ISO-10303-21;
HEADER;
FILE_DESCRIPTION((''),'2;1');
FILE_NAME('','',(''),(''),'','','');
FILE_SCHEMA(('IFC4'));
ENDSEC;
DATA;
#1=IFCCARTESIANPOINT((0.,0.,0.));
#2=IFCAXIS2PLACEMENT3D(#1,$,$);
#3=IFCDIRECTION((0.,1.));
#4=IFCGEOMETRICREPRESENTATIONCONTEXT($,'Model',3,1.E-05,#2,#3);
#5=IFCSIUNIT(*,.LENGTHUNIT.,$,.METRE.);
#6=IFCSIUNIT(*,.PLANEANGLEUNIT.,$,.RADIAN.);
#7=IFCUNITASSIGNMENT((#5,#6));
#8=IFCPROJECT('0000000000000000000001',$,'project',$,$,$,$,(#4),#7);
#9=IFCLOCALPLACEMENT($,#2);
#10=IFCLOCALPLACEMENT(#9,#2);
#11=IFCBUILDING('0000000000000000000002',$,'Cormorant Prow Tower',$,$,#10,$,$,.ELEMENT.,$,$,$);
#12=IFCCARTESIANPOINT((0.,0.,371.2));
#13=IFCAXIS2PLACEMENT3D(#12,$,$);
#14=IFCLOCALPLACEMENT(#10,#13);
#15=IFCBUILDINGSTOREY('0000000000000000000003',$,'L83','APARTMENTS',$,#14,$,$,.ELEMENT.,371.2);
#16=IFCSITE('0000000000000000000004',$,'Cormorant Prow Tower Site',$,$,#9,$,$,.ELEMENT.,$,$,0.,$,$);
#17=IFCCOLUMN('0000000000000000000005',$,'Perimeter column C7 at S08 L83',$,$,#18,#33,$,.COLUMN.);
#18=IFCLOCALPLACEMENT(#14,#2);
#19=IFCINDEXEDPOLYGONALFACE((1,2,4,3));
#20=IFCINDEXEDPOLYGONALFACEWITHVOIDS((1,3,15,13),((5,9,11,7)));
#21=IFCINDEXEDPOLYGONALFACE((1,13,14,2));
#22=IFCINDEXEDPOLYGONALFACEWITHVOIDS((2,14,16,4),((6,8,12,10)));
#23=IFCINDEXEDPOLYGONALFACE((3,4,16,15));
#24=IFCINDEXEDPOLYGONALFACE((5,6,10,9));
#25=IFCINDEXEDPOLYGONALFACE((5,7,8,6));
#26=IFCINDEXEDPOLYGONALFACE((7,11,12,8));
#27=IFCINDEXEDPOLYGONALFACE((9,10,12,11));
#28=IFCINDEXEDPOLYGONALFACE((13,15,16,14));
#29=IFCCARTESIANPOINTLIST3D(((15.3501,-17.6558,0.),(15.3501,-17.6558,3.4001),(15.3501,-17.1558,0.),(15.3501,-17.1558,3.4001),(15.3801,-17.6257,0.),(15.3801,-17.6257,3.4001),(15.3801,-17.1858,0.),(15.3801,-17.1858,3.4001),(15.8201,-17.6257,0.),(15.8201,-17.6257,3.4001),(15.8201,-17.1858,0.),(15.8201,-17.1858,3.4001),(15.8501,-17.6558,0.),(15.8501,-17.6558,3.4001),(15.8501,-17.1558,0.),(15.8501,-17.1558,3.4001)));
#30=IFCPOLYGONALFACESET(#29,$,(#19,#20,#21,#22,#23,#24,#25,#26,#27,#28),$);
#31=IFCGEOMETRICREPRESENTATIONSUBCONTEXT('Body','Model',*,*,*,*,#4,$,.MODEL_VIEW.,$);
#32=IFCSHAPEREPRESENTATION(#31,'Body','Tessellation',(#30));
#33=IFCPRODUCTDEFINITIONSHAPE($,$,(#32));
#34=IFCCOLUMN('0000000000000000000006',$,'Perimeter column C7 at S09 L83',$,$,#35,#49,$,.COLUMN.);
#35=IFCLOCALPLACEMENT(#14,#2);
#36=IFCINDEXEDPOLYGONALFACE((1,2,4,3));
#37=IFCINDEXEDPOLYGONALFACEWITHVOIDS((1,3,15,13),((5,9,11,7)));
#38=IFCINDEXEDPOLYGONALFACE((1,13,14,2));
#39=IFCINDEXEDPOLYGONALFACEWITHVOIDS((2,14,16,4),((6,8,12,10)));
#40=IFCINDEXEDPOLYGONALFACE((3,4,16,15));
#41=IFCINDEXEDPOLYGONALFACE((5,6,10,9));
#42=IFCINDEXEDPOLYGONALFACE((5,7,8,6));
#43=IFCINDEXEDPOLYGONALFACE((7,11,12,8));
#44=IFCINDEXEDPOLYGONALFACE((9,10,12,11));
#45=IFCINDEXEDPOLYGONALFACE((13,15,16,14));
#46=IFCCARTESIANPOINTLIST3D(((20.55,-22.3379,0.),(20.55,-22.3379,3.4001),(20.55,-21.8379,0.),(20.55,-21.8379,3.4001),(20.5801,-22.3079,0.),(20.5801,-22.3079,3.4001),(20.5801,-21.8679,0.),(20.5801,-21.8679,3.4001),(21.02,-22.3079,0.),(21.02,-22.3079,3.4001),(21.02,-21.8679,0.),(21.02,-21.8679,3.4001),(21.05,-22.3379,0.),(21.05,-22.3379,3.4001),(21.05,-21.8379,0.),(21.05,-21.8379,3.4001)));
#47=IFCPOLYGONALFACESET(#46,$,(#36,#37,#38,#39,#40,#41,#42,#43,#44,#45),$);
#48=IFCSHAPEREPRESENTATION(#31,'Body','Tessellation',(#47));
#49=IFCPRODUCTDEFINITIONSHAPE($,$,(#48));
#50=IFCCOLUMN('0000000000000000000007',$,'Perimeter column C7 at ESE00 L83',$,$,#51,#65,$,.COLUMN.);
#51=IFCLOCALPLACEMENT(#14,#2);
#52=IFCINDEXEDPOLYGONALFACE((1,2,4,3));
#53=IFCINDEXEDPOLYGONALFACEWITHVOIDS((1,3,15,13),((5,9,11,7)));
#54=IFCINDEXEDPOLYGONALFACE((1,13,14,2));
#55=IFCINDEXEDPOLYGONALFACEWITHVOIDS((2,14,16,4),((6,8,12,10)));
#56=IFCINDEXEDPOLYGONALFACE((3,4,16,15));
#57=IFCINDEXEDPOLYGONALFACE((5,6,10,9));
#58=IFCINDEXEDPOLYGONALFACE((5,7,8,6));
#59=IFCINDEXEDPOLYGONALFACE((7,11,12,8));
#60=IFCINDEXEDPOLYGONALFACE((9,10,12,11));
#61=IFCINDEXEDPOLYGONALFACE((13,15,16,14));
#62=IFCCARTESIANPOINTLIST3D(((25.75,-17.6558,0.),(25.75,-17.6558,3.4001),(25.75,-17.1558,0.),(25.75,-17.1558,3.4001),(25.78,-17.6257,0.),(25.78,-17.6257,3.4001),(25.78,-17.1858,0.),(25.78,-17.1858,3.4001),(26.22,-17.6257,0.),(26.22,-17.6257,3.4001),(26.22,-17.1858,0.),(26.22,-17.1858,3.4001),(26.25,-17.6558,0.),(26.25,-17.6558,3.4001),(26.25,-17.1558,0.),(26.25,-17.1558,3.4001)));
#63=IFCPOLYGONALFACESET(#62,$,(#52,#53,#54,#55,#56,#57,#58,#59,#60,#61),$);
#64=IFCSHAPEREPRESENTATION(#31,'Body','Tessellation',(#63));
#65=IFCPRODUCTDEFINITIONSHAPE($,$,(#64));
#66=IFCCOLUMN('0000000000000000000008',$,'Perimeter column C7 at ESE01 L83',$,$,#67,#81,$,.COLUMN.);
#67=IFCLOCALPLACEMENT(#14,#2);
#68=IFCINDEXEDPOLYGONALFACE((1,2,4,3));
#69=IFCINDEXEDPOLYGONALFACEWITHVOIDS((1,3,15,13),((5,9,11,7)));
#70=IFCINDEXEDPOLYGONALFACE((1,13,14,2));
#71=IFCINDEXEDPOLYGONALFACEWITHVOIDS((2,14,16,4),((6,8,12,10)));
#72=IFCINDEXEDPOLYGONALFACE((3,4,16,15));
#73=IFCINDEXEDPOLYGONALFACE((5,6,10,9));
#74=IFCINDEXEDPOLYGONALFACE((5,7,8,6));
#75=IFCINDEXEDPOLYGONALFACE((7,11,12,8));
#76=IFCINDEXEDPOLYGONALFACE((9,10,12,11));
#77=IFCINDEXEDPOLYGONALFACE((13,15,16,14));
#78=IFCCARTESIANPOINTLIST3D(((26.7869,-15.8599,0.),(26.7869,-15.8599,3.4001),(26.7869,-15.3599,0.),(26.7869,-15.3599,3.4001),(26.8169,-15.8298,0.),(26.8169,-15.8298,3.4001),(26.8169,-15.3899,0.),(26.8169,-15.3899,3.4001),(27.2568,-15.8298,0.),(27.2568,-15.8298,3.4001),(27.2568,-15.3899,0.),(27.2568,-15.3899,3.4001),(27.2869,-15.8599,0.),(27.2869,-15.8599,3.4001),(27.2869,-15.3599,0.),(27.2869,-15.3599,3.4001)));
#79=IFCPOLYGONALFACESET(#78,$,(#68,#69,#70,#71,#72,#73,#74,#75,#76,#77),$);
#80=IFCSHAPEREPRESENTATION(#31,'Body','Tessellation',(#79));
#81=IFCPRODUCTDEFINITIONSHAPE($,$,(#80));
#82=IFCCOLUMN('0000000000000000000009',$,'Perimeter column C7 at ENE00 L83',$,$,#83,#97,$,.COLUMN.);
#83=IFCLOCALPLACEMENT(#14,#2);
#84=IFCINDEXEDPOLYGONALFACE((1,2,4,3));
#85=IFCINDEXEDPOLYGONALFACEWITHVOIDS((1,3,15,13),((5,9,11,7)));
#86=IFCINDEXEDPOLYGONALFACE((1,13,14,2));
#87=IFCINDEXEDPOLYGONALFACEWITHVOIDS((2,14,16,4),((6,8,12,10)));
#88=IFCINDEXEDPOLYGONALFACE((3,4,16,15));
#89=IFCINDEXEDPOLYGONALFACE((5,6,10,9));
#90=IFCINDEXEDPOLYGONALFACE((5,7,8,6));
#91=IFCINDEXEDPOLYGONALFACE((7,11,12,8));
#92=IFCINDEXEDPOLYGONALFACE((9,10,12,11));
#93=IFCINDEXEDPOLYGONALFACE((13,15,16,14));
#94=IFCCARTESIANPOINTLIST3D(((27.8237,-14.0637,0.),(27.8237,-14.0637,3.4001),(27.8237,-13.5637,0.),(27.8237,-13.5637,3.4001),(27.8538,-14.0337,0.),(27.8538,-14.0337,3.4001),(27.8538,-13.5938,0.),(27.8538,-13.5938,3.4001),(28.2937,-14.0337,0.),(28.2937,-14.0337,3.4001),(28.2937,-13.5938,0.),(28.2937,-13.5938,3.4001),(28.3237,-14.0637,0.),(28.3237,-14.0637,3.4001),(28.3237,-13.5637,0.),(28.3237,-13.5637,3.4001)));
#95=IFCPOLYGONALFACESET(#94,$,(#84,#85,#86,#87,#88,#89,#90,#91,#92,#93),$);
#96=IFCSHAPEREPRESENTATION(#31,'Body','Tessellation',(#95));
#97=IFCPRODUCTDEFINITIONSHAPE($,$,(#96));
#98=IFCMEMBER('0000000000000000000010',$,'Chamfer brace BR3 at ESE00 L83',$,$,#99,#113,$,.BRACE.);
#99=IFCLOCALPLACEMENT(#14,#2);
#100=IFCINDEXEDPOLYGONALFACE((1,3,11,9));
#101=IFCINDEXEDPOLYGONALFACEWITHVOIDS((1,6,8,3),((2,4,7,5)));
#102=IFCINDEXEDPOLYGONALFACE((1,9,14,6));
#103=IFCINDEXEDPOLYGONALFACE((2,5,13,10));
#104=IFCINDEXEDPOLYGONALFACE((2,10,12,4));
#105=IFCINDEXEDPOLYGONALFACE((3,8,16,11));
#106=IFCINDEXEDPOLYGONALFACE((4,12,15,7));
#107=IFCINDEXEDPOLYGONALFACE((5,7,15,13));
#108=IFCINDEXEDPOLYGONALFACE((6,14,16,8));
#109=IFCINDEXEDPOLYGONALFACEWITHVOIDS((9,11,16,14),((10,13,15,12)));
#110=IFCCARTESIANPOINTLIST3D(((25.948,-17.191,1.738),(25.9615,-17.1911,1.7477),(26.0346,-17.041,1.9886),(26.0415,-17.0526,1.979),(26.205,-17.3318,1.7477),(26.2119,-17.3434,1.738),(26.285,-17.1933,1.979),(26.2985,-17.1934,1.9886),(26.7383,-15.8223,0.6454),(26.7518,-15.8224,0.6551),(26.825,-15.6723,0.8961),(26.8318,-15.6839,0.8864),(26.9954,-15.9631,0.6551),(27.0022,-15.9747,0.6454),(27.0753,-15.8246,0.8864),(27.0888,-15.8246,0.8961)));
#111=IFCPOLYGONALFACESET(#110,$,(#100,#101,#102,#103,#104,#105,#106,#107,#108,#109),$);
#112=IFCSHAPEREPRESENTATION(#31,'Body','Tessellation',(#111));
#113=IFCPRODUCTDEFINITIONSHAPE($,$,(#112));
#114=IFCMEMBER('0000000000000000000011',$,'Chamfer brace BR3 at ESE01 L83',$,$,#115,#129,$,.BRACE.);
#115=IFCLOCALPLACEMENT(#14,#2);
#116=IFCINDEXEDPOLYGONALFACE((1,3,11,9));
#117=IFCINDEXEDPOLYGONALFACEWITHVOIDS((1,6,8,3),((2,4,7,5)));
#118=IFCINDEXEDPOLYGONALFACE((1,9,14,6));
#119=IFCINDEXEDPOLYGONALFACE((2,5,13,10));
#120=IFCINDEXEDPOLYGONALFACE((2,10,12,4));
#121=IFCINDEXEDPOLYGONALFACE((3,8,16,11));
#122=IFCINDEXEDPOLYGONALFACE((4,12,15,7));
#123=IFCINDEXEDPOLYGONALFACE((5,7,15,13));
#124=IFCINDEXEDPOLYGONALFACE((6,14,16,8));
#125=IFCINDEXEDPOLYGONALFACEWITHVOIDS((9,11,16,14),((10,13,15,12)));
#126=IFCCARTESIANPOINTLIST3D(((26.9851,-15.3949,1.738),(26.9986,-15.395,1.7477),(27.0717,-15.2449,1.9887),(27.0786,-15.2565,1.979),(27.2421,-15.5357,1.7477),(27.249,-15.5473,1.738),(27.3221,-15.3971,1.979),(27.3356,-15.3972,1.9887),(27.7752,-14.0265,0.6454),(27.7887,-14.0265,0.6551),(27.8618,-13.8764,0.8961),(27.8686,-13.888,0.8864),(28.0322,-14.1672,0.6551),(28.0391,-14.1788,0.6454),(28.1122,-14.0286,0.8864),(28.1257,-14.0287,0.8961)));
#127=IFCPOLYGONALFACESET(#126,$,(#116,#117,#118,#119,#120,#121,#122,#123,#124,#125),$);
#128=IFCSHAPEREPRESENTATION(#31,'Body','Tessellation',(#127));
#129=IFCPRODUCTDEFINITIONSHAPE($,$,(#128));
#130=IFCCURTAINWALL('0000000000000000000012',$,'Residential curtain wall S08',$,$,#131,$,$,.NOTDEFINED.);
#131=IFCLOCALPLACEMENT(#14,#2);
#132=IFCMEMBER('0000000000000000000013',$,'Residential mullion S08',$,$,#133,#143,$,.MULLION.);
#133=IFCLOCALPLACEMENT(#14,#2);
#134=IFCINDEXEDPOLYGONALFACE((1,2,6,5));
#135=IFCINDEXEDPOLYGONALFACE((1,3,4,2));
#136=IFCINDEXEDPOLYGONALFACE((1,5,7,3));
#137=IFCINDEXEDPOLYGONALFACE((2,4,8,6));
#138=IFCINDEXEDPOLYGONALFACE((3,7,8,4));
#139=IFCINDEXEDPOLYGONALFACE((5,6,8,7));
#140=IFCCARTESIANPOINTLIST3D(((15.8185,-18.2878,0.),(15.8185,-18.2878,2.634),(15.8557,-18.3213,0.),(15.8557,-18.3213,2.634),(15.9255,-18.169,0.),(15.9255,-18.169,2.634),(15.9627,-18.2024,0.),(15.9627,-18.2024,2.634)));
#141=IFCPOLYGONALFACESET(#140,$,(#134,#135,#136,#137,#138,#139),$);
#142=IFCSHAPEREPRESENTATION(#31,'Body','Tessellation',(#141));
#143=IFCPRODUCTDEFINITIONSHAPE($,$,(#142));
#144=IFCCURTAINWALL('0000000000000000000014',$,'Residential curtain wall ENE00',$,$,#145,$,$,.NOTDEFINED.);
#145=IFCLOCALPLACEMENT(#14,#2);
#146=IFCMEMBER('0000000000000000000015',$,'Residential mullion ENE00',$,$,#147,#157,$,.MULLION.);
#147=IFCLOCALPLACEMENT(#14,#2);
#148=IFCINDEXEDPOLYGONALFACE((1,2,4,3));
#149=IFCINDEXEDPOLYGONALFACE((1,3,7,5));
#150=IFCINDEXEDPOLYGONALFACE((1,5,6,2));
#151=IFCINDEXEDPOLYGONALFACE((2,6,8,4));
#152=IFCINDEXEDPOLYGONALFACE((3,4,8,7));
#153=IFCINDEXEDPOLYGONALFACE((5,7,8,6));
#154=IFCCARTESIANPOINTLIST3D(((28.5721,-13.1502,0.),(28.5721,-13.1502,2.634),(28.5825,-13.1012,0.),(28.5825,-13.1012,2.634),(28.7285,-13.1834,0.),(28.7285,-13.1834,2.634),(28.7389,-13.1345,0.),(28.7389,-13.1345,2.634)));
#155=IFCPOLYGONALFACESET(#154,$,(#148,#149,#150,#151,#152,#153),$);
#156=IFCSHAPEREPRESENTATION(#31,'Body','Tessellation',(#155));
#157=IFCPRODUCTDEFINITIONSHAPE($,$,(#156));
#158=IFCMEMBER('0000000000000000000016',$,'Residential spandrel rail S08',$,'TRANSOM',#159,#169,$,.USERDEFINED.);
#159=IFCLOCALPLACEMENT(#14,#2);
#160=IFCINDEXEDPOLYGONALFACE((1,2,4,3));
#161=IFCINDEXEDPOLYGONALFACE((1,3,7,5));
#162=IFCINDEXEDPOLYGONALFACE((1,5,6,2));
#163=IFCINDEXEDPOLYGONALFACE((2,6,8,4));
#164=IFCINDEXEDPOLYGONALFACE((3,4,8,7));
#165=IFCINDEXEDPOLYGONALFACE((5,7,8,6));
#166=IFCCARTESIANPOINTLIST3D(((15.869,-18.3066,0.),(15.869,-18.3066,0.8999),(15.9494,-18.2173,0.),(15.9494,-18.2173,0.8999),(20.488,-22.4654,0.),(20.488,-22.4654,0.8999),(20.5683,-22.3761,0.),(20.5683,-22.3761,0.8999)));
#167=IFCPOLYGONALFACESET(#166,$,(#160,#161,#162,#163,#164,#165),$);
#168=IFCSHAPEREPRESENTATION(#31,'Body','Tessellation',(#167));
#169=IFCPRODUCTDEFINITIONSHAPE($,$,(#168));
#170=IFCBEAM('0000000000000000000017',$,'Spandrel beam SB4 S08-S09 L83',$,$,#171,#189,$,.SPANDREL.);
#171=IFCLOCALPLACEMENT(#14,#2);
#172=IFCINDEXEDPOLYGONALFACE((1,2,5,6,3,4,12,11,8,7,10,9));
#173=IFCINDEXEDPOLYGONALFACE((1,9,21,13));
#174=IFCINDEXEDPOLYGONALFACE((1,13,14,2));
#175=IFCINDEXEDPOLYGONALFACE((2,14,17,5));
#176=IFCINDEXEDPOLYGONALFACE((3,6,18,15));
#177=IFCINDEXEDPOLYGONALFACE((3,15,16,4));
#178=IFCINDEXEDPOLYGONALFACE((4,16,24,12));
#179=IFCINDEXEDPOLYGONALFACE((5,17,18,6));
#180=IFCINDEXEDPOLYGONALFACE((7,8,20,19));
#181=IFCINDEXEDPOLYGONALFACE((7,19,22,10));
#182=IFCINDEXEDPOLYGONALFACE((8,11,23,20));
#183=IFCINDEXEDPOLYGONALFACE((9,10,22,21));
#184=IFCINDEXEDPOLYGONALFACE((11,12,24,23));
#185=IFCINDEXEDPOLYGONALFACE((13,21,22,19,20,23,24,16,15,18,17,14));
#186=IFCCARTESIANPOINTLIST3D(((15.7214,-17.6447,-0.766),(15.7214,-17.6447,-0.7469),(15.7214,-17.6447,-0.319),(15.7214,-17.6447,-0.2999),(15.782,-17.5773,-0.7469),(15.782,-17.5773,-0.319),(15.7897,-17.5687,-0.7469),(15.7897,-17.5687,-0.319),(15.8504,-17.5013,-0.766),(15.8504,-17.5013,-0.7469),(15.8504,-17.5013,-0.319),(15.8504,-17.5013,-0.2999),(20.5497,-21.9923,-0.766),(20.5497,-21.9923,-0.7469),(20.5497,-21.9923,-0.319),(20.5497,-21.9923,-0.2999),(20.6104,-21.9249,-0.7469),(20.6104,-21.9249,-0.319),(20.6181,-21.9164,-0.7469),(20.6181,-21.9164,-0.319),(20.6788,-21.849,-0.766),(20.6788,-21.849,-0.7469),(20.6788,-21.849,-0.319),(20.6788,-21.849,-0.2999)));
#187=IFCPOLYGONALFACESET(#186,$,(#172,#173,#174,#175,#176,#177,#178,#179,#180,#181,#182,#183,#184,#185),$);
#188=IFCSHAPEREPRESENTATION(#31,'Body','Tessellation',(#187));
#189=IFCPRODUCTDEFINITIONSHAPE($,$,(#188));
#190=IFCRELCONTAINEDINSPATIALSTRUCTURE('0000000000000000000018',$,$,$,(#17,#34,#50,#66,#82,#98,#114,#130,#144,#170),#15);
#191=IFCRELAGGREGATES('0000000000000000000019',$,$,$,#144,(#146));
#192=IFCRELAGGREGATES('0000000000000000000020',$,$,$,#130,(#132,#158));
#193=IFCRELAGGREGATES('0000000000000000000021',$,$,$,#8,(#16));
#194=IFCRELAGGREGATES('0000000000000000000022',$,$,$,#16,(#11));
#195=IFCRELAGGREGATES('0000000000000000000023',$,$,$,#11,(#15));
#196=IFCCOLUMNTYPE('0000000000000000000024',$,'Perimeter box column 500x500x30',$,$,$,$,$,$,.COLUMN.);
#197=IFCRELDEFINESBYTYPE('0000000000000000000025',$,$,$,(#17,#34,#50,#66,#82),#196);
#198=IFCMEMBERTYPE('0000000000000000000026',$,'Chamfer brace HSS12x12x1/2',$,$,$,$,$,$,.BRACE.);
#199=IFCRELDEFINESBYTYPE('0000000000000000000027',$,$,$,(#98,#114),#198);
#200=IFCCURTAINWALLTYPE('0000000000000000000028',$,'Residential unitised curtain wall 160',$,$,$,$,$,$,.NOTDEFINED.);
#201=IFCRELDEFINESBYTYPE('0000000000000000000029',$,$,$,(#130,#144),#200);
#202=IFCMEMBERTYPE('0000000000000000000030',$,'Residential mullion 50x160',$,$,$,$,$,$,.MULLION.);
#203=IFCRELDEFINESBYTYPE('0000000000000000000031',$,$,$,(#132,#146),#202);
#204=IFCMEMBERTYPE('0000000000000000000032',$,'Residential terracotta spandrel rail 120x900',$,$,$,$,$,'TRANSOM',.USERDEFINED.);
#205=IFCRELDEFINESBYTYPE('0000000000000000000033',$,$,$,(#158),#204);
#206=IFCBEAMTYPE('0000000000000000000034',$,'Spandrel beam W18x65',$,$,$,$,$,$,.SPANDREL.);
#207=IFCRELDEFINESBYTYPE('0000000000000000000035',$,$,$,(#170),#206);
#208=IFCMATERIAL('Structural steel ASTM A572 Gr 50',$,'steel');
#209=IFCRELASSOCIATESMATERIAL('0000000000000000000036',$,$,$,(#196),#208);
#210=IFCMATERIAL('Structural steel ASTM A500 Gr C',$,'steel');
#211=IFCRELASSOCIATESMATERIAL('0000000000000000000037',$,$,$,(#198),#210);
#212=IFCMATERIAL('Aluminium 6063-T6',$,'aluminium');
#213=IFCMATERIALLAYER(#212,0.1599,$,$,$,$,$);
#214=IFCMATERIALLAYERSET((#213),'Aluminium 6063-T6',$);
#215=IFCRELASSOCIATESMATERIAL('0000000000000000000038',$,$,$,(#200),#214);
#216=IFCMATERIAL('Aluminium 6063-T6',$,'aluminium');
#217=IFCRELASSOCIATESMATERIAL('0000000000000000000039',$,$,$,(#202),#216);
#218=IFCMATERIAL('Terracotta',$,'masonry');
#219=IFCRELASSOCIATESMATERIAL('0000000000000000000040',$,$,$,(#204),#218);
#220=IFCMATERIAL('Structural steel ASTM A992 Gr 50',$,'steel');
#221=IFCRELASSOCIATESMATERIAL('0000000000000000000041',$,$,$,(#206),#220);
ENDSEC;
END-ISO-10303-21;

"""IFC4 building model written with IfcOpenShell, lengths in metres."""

from ifc_helpers import new_model, si_unit, direction, frame, origin, origin_2d, place, context, subcontext, project, spatial, rectangle, hollow_rectangle, i_section, extrude, material, layer, layer_set, material_profile, profile_set, type_object, element, aggregate, save


model = new_model("IFC4")

# Units and contexts
model_context = context("Model", 3, precision=1e-05, world=origin(), true_north=direction((0.0, 1.0)))
body_context = subcontext(model_context, "Body", "Model", "MODEL_VIEW")
ifc_project = project(units=[si_unit("LENGTHUNIT", "METRE"), si_unit("PLANEANGLEUNIT", "RADIAN")], contexts=[model_context])

# Site, building, storey
site_placement = place(None, origin())
site = spatial("IfcSite", under=ifc_project, at=site_placement, Name="Cormorant Prow Tower Site", CompositionType="ELEMENT", RefElevation=0.0)
building_placement = place(site_placement, origin())
building = spatial("IfcBuilding", under=site, at=building_placement, Name="Cormorant Prow Tower", CompositionType="ELEMENT")
storey_placement = place(building_placement, frame((0.0, 0.0, 371.2)))
storey = spatial("IfcBuildingStorey", under=building, at=storey_placement, Name="L83", Description="APARTMENTS", CompositionType="ELEMENT", Elevation=371.2)

# Columns
ifc_material_1 = material(Name="Structural steel ASTM A572 Gr 50", Category="steel")
ifc_material_profile_1 = material_profile(ifc_material_1, hollow_rectangle(XDim=0.5, YDim=0.5, WallThickness=0.03, at=origin_2d()), Name="Box 500x500x30")
ifc_profile_set_1 = profile_set([ifc_material_profile_1], Name="Structural steel ASTM A572 Gr 50")
column_type = type_object("IfcColumnType", Name="Perimeter box column 500x500x30", PredefinedType="COLUMN", material=ifc_profile_set_1)
for number, where, z_axis, x_axis, name in (
    (1, (15.6001, -17.4058, 0.0), (0.0, 0.0, 1.0), (1.0, 0.0, 0.0), "Perimeter column C7 at S08 L83"),
    (2, (20.8, -22.0879, 0.0), (0.0, 0.0, 1.0), (1.0, 0.0, 0.0), "Perimeter column C7 at S09 L83"),
    (3, (26.0, -17.4058, 0.0), (0.0, 0.0, 1.0), (1.0, 0.0, 0.0), "Perimeter column C7 at ESE00 L83"),
    (4, (27.0369, -15.6099, 0.0), (0.0, 0.0, 1.0), (1.0, 0.0, 0.0), "Perimeter column C7 at ESE01 L83"),
    (5, (28.0737, -13.8137, 0.0), (0.0, 0.0, 1.0), (1.0, 0.0, 0.0), "Perimeter column C7 at ENE00 L83"),
):
    element("IfcColumn", number, at=place(storey_placement, frame(where, z_axis=z_axis, x_axis=x_axis)), inside=storey, type_object=column_type, Name=name, PredefinedType="COLUMN", context=body_context, shape_type="SweptSolid", body=[
        extrude(hollow_rectangle(XDim=0.5, YDim=0.5, WallThickness=0.03, at=origin_2d()), origin(), (0.0, 0.0, 1.0), 3.4001),
    ])

# Members
ifc_material_2 = material(Name="Structural steel ASTM A500 Gr C", Category="steel")
ifc_material_profile_2 = material_profile(ifc_material_2, hollow_rectangle(XDim=0.3047, YDim=0.3047, WallThickness=0.0117, at=origin_2d()), Name="HSS12x12x1/2")
ifc_profile_set_2 = profile_set([ifc_material_profile_2], Name="Structural steel ASTM A500 Gr C")
member_type_1 = type_object("IfcMemberType", Name="Chamfer brace HSS12x12x1/2", PredefinedType="BRACE", material=ifc_profile_set_2)
member_1_placement = place(storey_placement, frame((26.9136, -15.8235, 0.7708), z_axis=(-0.411328, -0.712359, 0.568642), x_axis=(0.866, -0.500043, 0.0)))
element("IfcMember", 6, at=member_1_placement, inside=storey, type_object=member_type_1, Name="Chamfer brace BR3 at ESE00 L83", PredefinedType="BRACE", context=body_context, shape_type="SweptSolid", body=[
    extrude(hollow_rectangle(XDim=0.3047, YDim=0.3047, WallThickness=0.0117, at=origin_2d()), origin(), (0.0, 0.0, 1.0), 1.9214),
])
member_2_placement = place(storey_placement, frame((27.9504, -14.0276, 0.7708), z_axis=(-0.41126, -0.712334, 0.568723), x_axis=(0.866029, -0.499994, 0.0)))
element("IfcMember", 7, at=member_2_placement, inside=storey, type_object=member_type_1, Name="Chamfer brace BR3 at ESE01 L83", PredefinedType="BRACE", context=body_context, shape_type="SweptSolid", body=[
    extrude(hollow_rectangle(XDim=0.3047, YDim=0.3047, WallThickness=0.0117, at=origin_2d()), origin(), (0.0, 0.0, 1.0), 1.9211),
])

# Curtain walls, members
ifc_material_3 = material(Name="Aluminium 6063-T6", Category="aluminium")
ifc_layer_1 = layer(ifc_material_3, 0.1599)
ifc_layer_set_1 = layer_set([ifc_layer_1], Name="Aluminium 6063-T6")
curtain_wall_type = type_object("IfcCurtainWallType", Name="Residential unitised curtain wall 160", PredefinedType="NOTDEFINED", material=ifc_layer_set_1)
curtain_wall_1_placement = place(storey_placement, origin())
curtain_wall_1 = element("IfcCurtainWall", 8, at=curtain_wall_1_placement, inside=storey, type_object=curtain_wall_type, Name="Residential curtain wall S08", PredefinedType="NOTDEFINED")
ifc_material_4 = material(Name="Aluminium 6063-T6", Category="aluminium")
ifc_material_profile_3 = material_profile(ifc_material_4, rectangle(XDim=0.1599, YDim=0.05, at=origin_2d()), Name="Residential mullion 50x160")
ifc_profile_set_3 = profile_set([ifc_material_profile_3], Name="Aluminium 6063-T6")
member_type_2 = type_object("IfcMemberType", Name="Residential mullion 50x160", PredefinedType="MULLION", material=ifc_profile_set_3)
member_3_placement = place(storey_placement, frame((15.8906, -18.2451, 0.0), z_axis=(0.0, 0.0, 1.0), x_axis=(0.669131, 0.743145, 0.0)))
member_3 = element("IfcMember", 9, at=member_3_placement, type_object=member_type_2, Name="Residential mullion S08", PredefinedType="MULLION", context=body_context, shape_type="SweptSolid", body=[
    extrude(rectangle(XDim=0.1599, YDim=0.05, at=origin_2d()), origin(), (0.0, 0.0, 1.0), 2.634),
])
curtain_wall_2_placement = place(storey_placement, origin())
curtain_wall_2 = element("IfcCurtainWall", 10, at=curtain_wall_2_placement, inside=storey, type_object=curtain_wall_type, Name="Residential curtain wall ENE00", PredefinedType="NOTDEFINED")
member_4_placement = place(storey_placement, frame((28.6555, -13.1423, 0.0), z_axis=(0.0, 0.0, 1.0), x_axis=(-0.978148, 0.207912, 0.0)))
member_4 = element("IfcMember", 11, at=member_4_placement, type_object=member_type_2, Name="Residential mullion ENE00", PredefinedType="MULLION", context=body_context, shape_type="SweptSolid", body=[
    extrude(rectangle(XDim=0.1599, YDim=0.05, at=origin_2d()), origin(), (0.0, 0.0, 1.0), 2.634),
])
aggregate(curtain_wall_2, [member_4])

# Member
ifc_material_5 = material(Name="Terracotta", Category="masonry")
ifc_material_profile_4 = material_profile(ifc_material_5, rectangle(XDim=0.1201, YDim=0.8999, at=origin_2d()), Name="Residential terracotta spandrel rail 120x900")
ifc_profile_set_4 = profile_set([ifc_material_profile_4], Name="Terracotta")
member_type_3 = type_object("IfcMemberType", Name="Residential terracotta spandrel rail 120x900", ElementType="TRANSOM", PredefinedType="USERDEFINED", material=ifc_profile_set_4)
member_5_placement = place(storey_placement, frame((15.9092, -18.262, 0.45), z_axis=(0.743159, -0.669114, 0.0), x_axis=(0.669114, 0.743159, 0.0)))
member_5 = element("IfcMember", 12, at=member_5_placement, type_object=member_type_3, Name="Residential spandrel rail S08", ObjectType="TRANSOM", PredefinedType="USERDEFINED", context=body_context, shape_type="SweptSolid", body=[
    extrude(rectangle(XDim=0.1201, YDim=0.8999, at=origin_2d()), origin(), (0.0, 0.0, 1.0), 6.2153),
])

# Beam
ifc_material_6 = material(Name="Structural steel ASTM A992 Gr 50", Category="steel")
ifc_material_profile_5 = material_profile(ifc_material_6, i_section(OverallWidth=0.1929, OverallDepth=0.4661, WebThickness=0.0115, FlangeThickness=0.019, at=origin_2d()), Name="W18x65")
ifc_profile_set_5 = profile_set([ifc_material_profile_5], Name="Structural steel ASTM A992 Gr 50")
beam_type = type_object("IfcBeamType", Name="Spandrel beam W18x65", PredefinedType="SPANDREL", material=ifc_profile_set_5)
for number, where, z_axis, x_axis, name in (
    (13, (15.7859, -17.573, -0.533), (0.743132, -0.669145, 0.0), (0.669145, 0.743132, 0.0), "Spandrel beam SB4 S08-S09 L83"),
):
    element("IfcBeam", number, at=place(storey_placement, frame(where, z_axis=z_axis, x_axis=x_axis)), inside=storey, type_object=beam_type, Name=name, PredefinedType="SPANDREL", context=body_context, shape_type="SweptSolid", body=[
        extrude(i_section(OverallWidth=0.1929, OverallDepth=0.4661, WebThickness=0.0115, FlangeThickness=0.019, at=origin_2d()), origin(), (0.0, 0.0, 1.0), 6.4973),
    ])

aggregate(curtain_wall_1, [member_3, member_5])

save(model, "model.ifc")
